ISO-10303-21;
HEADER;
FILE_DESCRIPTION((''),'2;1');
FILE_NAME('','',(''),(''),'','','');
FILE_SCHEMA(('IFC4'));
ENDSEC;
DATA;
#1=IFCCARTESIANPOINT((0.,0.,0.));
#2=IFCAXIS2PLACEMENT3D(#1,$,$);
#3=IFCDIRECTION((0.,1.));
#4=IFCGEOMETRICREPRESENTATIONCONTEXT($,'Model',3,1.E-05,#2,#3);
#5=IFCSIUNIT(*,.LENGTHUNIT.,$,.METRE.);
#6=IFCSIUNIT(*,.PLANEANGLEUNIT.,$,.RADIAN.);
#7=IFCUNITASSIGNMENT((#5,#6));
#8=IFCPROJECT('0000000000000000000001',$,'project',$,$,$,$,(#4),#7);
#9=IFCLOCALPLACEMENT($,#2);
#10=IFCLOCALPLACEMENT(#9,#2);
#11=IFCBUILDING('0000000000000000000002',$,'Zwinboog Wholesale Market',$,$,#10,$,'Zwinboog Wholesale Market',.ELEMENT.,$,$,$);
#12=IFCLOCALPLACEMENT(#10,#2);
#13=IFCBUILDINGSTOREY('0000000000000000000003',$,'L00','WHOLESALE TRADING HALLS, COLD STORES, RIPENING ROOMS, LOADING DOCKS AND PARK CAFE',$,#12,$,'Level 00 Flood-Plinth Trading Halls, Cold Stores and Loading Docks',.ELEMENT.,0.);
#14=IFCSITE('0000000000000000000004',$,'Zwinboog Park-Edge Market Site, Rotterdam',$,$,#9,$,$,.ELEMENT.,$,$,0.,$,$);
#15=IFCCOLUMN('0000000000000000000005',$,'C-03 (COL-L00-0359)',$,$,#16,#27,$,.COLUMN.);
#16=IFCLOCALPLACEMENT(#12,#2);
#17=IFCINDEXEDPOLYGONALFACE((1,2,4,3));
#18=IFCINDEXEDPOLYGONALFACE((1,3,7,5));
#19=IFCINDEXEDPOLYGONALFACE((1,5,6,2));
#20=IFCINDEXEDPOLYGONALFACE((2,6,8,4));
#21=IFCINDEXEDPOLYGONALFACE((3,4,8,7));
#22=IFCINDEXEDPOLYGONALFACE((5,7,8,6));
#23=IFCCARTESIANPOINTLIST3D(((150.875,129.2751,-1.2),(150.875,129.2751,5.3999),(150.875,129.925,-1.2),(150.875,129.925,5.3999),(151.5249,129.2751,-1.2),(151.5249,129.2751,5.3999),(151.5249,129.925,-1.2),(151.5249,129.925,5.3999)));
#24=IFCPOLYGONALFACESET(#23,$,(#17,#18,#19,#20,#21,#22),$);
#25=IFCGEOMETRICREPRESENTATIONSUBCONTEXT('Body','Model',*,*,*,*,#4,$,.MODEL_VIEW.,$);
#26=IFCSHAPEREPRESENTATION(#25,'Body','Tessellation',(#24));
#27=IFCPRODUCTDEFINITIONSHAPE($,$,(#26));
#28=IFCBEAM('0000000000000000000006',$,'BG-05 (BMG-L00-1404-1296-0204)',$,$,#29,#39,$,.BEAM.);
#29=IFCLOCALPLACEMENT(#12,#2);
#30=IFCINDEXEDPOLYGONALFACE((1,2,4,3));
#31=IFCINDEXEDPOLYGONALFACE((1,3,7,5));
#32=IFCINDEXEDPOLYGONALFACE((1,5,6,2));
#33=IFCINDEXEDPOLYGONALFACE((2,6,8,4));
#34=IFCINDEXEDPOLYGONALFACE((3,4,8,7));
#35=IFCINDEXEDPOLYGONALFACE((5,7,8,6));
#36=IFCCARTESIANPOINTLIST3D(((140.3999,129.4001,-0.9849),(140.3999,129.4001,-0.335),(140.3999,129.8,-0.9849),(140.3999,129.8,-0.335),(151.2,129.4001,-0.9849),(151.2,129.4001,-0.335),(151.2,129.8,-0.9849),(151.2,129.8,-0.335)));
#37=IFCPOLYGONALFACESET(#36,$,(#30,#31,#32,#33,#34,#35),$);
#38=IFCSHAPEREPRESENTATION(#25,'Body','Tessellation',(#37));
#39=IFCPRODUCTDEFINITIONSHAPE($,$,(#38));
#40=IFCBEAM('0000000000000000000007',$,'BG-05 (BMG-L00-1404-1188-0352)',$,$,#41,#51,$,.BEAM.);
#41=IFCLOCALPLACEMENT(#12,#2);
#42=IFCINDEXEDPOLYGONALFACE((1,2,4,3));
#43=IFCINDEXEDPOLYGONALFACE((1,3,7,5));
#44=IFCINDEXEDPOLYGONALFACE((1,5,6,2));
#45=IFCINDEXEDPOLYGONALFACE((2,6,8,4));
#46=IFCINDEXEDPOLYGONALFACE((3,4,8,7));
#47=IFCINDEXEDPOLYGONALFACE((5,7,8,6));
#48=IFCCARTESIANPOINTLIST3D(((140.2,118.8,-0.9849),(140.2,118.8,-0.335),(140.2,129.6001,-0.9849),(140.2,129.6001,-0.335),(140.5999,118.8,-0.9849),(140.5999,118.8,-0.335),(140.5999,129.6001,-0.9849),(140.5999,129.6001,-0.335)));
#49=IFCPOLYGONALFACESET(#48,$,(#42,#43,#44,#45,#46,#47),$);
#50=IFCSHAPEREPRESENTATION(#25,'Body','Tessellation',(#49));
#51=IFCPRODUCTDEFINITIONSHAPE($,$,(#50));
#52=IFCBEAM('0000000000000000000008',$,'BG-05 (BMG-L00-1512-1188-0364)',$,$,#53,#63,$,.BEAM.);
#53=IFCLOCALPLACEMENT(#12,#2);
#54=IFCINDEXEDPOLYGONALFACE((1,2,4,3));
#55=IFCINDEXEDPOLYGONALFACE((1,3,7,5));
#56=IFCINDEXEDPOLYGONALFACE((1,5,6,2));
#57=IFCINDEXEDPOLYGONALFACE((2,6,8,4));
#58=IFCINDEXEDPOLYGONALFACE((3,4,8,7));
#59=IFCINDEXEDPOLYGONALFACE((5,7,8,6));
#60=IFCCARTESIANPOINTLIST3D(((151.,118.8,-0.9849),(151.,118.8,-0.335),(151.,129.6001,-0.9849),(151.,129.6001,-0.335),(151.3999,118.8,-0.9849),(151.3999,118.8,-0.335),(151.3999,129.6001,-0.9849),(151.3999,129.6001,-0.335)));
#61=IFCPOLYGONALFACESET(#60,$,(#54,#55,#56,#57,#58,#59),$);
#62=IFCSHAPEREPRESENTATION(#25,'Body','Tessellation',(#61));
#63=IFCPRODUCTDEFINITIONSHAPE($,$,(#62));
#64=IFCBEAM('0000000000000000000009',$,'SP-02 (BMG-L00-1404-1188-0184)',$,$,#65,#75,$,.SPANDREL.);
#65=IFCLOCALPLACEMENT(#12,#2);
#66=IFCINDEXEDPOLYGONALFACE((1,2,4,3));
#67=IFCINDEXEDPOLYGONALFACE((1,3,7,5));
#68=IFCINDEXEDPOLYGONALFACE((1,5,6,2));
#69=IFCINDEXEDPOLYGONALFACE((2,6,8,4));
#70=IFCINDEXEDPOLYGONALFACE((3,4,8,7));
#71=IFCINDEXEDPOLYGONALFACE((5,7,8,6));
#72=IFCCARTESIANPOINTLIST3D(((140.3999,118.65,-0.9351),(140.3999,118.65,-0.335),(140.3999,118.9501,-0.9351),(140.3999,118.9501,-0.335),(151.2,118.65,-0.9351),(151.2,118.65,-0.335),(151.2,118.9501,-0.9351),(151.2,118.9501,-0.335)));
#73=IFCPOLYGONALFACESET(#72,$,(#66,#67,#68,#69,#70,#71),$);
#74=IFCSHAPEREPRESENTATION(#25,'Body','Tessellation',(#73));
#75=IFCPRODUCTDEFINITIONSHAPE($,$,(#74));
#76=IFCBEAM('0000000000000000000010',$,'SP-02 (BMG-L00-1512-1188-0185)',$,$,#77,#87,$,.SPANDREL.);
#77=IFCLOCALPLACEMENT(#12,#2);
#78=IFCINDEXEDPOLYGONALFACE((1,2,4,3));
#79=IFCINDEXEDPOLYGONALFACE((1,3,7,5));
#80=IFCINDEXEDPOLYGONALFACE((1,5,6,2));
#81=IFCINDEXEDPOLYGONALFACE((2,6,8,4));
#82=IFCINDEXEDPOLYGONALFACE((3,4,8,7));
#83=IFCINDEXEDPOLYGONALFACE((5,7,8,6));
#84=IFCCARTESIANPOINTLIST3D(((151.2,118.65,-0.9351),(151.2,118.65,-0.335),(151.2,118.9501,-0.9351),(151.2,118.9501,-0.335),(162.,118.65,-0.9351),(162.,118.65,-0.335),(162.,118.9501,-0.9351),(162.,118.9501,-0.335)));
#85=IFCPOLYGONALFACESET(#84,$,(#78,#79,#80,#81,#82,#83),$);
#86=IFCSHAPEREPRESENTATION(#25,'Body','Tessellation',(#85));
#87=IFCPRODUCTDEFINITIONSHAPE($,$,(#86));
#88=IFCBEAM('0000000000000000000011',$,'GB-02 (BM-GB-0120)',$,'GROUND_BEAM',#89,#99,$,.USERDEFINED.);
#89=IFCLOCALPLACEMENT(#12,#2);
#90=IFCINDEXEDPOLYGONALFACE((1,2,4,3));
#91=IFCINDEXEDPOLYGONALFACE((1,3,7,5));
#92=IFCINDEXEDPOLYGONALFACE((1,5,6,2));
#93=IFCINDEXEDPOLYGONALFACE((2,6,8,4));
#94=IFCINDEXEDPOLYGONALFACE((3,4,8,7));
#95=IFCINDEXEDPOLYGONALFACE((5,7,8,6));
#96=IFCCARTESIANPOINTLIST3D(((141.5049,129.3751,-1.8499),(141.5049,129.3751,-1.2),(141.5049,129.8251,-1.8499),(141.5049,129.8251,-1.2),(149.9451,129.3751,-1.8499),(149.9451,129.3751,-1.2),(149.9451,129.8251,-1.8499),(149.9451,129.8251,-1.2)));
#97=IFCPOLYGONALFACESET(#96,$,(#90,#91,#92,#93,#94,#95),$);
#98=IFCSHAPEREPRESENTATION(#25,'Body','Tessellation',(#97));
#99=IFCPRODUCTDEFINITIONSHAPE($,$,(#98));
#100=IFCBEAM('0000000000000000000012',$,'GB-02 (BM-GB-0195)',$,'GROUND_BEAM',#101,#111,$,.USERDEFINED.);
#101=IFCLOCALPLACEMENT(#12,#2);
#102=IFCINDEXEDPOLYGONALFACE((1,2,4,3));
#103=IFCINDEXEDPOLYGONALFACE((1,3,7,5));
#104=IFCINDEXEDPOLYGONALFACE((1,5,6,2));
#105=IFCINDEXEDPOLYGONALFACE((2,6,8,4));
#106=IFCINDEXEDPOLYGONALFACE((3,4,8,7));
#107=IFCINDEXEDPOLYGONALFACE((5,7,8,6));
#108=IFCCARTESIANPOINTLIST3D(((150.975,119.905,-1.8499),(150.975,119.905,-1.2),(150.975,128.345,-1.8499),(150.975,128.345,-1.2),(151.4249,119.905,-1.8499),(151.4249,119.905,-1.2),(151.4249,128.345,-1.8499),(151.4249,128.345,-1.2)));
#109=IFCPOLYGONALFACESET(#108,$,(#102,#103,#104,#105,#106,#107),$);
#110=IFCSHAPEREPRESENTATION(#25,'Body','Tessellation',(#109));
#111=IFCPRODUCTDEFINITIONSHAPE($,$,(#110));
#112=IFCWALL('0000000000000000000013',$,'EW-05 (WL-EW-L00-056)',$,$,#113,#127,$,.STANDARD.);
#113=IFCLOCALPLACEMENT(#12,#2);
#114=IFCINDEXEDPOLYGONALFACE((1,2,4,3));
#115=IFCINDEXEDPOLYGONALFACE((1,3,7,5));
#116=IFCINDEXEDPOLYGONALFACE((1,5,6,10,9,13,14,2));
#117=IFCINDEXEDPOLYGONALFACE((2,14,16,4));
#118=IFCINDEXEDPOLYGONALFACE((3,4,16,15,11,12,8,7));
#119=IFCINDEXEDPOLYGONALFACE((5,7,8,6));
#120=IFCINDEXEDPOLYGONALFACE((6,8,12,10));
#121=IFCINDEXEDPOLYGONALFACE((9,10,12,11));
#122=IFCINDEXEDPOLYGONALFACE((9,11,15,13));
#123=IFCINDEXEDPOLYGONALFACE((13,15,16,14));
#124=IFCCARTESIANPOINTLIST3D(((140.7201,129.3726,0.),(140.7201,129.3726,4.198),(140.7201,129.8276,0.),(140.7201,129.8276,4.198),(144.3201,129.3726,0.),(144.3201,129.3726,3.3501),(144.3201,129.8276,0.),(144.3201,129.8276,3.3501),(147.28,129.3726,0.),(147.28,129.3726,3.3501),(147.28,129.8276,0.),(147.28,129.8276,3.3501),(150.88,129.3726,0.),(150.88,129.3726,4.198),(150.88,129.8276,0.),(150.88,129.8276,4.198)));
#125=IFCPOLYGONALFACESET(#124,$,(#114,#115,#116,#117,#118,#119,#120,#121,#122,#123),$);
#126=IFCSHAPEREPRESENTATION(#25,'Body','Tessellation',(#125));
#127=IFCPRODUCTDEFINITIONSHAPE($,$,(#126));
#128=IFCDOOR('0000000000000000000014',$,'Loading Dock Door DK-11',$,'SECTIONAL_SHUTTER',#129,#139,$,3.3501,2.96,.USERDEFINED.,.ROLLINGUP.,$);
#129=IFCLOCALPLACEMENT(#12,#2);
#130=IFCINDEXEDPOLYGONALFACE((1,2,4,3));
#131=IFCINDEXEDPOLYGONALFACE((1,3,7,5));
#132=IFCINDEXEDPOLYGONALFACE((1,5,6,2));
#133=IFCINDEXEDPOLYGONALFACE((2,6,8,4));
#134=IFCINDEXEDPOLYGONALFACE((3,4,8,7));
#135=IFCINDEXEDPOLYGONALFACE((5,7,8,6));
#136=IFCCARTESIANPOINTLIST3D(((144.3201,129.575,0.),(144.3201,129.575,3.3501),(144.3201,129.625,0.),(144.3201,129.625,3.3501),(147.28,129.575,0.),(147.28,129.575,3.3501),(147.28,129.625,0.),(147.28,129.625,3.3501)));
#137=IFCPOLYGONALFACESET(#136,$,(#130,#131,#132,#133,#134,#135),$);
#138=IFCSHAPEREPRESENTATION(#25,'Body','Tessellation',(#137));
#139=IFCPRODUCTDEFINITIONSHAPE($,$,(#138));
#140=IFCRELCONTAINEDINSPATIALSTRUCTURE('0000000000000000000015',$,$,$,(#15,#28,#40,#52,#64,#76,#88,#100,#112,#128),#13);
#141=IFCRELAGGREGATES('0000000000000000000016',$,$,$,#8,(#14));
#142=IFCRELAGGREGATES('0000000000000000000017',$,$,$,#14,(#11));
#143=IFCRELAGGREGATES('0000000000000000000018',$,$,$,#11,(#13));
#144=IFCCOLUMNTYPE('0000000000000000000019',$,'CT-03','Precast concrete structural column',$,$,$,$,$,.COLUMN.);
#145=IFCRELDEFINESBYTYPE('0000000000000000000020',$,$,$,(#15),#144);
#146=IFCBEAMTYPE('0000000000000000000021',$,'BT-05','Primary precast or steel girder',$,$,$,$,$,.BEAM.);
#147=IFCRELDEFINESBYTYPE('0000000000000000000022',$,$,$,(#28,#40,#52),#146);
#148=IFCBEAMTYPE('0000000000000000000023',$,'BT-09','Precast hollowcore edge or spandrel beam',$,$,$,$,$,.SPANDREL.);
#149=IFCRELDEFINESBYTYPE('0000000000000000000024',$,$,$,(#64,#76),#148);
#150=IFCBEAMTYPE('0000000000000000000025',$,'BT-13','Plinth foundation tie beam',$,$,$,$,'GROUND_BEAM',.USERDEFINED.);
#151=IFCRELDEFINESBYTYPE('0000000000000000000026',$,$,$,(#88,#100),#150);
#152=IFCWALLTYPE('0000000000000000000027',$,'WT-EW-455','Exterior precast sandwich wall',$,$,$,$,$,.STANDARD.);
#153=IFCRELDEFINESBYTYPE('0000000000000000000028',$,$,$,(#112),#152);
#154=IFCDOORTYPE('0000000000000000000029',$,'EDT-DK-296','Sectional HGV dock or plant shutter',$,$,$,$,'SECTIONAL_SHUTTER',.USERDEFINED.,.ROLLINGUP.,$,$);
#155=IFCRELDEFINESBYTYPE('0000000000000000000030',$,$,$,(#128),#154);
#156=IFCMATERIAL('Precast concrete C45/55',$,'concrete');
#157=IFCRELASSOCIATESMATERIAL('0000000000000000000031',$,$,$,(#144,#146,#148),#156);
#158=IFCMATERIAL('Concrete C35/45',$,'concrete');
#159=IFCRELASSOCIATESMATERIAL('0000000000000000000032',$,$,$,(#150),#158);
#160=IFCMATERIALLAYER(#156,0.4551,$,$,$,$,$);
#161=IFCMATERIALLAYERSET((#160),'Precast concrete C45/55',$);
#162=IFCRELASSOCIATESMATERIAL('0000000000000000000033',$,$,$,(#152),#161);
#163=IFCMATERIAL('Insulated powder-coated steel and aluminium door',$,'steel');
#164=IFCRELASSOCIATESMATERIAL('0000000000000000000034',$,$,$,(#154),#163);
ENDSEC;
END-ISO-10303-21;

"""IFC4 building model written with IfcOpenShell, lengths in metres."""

from ifc_helpers import new_model, si_unit, direction, frame, frame_2d, origin, origin_2d, place, context, subcontext, project, spatial, rectangle, extrude, material, layer, layer_set, material_profile, profile_set, type_object, element, fill, save


model = new_model("IFC4")

# Units and contexts
model_context = context("Model", 3, precision=1e-05, world=origin(), true_north=direction((0.0, 1.0)))
body_context = subcontext(model_context, "Body", "Model", "MODEL_VIEW")
ifc_project = project(units=[si_unit("LENGTHUNIT", "METRE"), si_unit("PLANEANGLEUNIT", "RADIAN")], contexts=[model_context])

# Site, building, storey
site_placement = place(None, origin())
site = spatial("IfcSite", under=ifc_project, at=site_placement, Name="Zwinboog Park-Edge Market Site, Rotterdam", CompositionType="ELEMENT", RefElevation=0.0)
building_placement = place(site_placement, origin())
building = spatial("IfcBuilding", under=site, at=building_placement, Name="Zwinboog Wholesale Market", LongName="Zwinboog Wholesale Market", CompositionType="ELEMENT")
storey_placement = place(building_placement, origin())
storey = spatial("IfcBuildingStorey", under=building, at=storey_placement, Name="L00", Description="WHOLESALE TRADING HALLS, COLD STORES, RIPENING ROOMS, LOADING DOCKS AND PARK CAFE", LongName="Level 00 Flood-Plinth Trading Halls, Cold Stores and Loading Docks", CompositionType="ELEMENT", Elevation=0.0)

# Shared definitions
ifc_material_1 = material(Name="Concrete C35/45", Category="concrete")

# Column
ifc_material_2 = material(Name="Precast concrete C45/55", Category="concrete")
ifc_material_profile_1 = material_profile(ifc_material_2, rectangle(XDim=0.6499, YDim=0.6499, at=origin_2d()), Name="PC 650x650")
ifc_profile_set_1 = profile_set([ifc_material_profile_1], Name="Precast concrete C45/55")
column_type = type_object("IfcColumnType", Name="CT-03", Description="Precast concrete structural column", PredefinedType="COLUMN", material=ifc_profile_set_1)
for number, where, z_axis, x_axis, name in (
    (1, (151.2, 129.6001, -1.2), (0.0, 0.0, 1.0), (1.0, 0.0, 0.0), "C-03 (COL-L00-0359)"),
):
    element("IfcColumn", number, at=place(storey_placement, frame(where, z_axis=z_axis, x_axis=x_axis)), inside=storey, type_object=column_type, Name=name, PredefinedType="COLUMN", context=body_context, shape_type="SweptSolid", body=[
        extrude(rectangle(XDim=0.6499, YDim=0.6499, at=origin_2d()), origin(), (0.0, 0.0, 1.0), 6.5999),
    ])

# Beams
ifc_material_profile_2 = material_profile(ifc_material_2, rectangle(XDim=0.3999, YDim=0.6499, at=origin_2d()), Name="PC 400x650")
ifc_profile_set_2 = profile_set([ifc_material_profile_2], Name="Precast concrete C45/55")
beam_type_1 = type_object("IfcBeamType", Name="BT-05", Description="Primary precast or steel girder", PredefinedType="BEAM", material=ifc_profile_set_2)
for number, where, z_axis, x_axis, name in (
    (2, (140.3999, 129.6001, -0.6599), (1.0, 0.0, 0.0), (0.0, 1.0, 0.0), "BG-05 (BMG-L00-1404-1296-0204)"),
    (3, (140.3999, 118.8, -0.6599), (0.0, 1.0, 0.0), (-1.0, 0.0, 0.0), "BG-05 (BMG-L00-1404-1188-0352)"),
    (4, (151.2, 118.8, -0.6599), (0.0, 1.0, 0.0), (-1.0, 0.0, 0.0), "BG-05 (BMG-L00-1512-1188-0364)"),
):
    element("IfcBeam", number, at=place(storey_placement, frame(where, z_axis=z_axis, x_axis=x_axis)), inside=storey, type_object=beam_type_1, Name=name, PredefinedType="BEAM", context=body_context, shape_type="SweptSolid", body=[
        extrude(rectangle(XDim=0.3999, YDim=0.6499, at=origin_2d()), origin(), (0.0, 0.0, 1.0), 10.8),
    ])
ifc_material_profile_3 = material_profile(ifc_material_2, rectangle(XDim=0.3, YDim=0.6001, at=origin_2d()), Name="PC 300x600")
ifc_profile_set_3 = profile_set([ifc_material_profile_3], Name="Precast concrete C45/55")
beam_type_2 = type_object("IfcBeamType", Name="BT-09", Description="Precast hollowcore edge or spandrel beam", PredefinedType="SPANDREL", material=ifc_profile_set_3)
for number, where, z_axis, x_axis, name in (
    (5, (140.3999, 118.8, -0.635), (1.0, 0.0, 0.0), (0.0, 1.0, 0.0), "SP-02 (BMG-L00-1404-1188-0184)"),
    (6, (151.2, 118.8, -0.635), (1.0, 0.0, 0.0), (0.0, 1.0, 0.0), "SP-02 (BMG-L00-1512-1188-0185)"),
):
    element("IfcBeam", number, at=place(storey_placement, frame(where, z_axis=z_axis, x_axis=x_axis)), inside=storey, type_object=beam_type_2, Name=name, PredefinedType="SPANDREL", context=body_context, shape_type="SweptSolid", body=[
        extrude(rectangle(XDim=0.3, YDim=0.6001, at=origin_2d()), origin(), (0.0, 0.0, 1.0), 10.8),
    ])
ifc_material_profile_4 = material_profile(ifc_material_1, rectangle(XDim=0.45, YDim=0.6499, at=origin_2d()), Name="RC 450x650")
ifc_profile_set_4 = profile_set([ifc_material_profile_4], Name="Concrete C35/45")
beam_type_3 = type_object("IfcBeamType", Name="BT-13", Description="Plinth foundation tie beam", ElementType="GROUND_BEAM", PredefinedType="USERDEFINED", material=ifc_profile_set_4)
beam_1_placement = place(storey_placement, frame((141.5049, 129.6001, -1.5249), z_axis=(1.0, 0.0, 0.0), x_axis=(0.0, 1.0, 0.0)))
element("IfcBeam", 7, at=beam_1_placement, inside=storey, type_object=beam_type_3, Name="GB-02 (BM-GB-0120)", ObjectType="GROUND_BEAM", PredefinedType="USERDEFINED", context=body_context, shape_type="SweptSolid", body=[
    extrude(rectangle(XDim=0.45, YDim=0.6499, at=origin_2d()), origin(), (0.0, 0.0, 1.0), 8.4402),
])
beam_2_placement = place(storey_placement, frame((151.2, 119.905, -1.5249), z_axis=(0.0, 1.0, 0.0), x_axis=(-1.0, 0.0, 0.0)))
element("IfcBeam", 8, at=beam_2_placement, inside=storey, type_object=beam_type_3, Name="GB-02 (BM-GB-0195)", ObjectType="GROUND_BEAM", PredefinedType="USERDEFINED", context=body_context, shape_type="SweptSolid", body=[
    extrude(rectangle(XDim=0.45, YDim=0.6499, at=origin_2d()), origin(), (0.0, 0.0, 1.0), 8.4399),
])

# Wall, opening, door
ifc_layer = layer(ifc_material_2, 0.4551)
ifc_layer_set = layer_set([ifc_layer], Name="Precast concrete C45/55")
wall_type = type_object("IfcWallType", Name="WT-EW-455", Description="Exterior precast sandwich wall", PredefinedType="STANDARD", material=ifc_layer_set)
wall_placement = place(storey_placement, frame((140.72, 129.6001, 0.0), z_axis=(0.0, 0.0, 1.0), x_axis=(1.0, 0.0, 0.0)))
wall = element("IfcWall", 9, at=wall_placement, inside=storey, type_object=wall_type, Name="EW-05 (WL-EW-L00-056)", PredefinedType="STANDARD", context=body_context, shape_type="SweptSolid", body=[
    extrude(rectangle(XDim=10.1599, YDim=0.4551, at=frame_2d((5.0801, 0.0))), origin(), (0.0, 0.0, 1.0), 4.198),
])
opening_placement = place(wall_placement, frame((3.6001, 0.0, 0.0)))
opening = element("IfcOpeningElement", 10, at=opening_placement, cuts=wall, PredefinedType="OPENING", context=body_context, shape_type="SweptSolid", body=[
    extrude(rectangle(XDim=2.96, YDim=3.3501, at=frame_2d((1.48, 1.675))), frame((0.0, 0.2375, 0.0), z_axis=(0.0, -1.0, 0.0), x_axis=(1.0, 0.0, 0.0)), (0.0, 0.0, 1.0), 0.4751),
])
ifc_material_3 = material(Name="Insulated powder-coated steel and aluminium door", Category="steel")
door_type = type_object("IfcDoorType", Name="EDT-DK-296", Description="Sectional HGV dock or plant shutter", ElementType="SECTIONAL_SHUTTER", OperationType="ROLLINGUP", PredefinedType="USERDEFINED", material=ifc_material_3)
door_placement = place(opening_placement, origin())
door = element("IfcDoor", 11, at=door_placement, inside=storey, type_object=door_type, Name="Loading Dock Door DK-11", ObjectType="SECTIONAL_SHUTTER", OperationType="ROLLINGUP", OverallHeight=3.3501, OverallWidth=2.96, PredefinedType="USERDEFINED", context=body_context, shape_type="SweptSolid", body=[
    extrude(rectangle(XDim=2.96, YDim=3.3501, at=frame_2d((1.48, 1.675))), frame((0.0, 0.0249, 0.0), z_axis=(0.0, -1.0, 0.0), x_axis=(1.0, 0.0, 0.0)), (0.0, 0.0, 1.0), 0.05),
])
fill(opening, door)

save(model, "model.ifc")
